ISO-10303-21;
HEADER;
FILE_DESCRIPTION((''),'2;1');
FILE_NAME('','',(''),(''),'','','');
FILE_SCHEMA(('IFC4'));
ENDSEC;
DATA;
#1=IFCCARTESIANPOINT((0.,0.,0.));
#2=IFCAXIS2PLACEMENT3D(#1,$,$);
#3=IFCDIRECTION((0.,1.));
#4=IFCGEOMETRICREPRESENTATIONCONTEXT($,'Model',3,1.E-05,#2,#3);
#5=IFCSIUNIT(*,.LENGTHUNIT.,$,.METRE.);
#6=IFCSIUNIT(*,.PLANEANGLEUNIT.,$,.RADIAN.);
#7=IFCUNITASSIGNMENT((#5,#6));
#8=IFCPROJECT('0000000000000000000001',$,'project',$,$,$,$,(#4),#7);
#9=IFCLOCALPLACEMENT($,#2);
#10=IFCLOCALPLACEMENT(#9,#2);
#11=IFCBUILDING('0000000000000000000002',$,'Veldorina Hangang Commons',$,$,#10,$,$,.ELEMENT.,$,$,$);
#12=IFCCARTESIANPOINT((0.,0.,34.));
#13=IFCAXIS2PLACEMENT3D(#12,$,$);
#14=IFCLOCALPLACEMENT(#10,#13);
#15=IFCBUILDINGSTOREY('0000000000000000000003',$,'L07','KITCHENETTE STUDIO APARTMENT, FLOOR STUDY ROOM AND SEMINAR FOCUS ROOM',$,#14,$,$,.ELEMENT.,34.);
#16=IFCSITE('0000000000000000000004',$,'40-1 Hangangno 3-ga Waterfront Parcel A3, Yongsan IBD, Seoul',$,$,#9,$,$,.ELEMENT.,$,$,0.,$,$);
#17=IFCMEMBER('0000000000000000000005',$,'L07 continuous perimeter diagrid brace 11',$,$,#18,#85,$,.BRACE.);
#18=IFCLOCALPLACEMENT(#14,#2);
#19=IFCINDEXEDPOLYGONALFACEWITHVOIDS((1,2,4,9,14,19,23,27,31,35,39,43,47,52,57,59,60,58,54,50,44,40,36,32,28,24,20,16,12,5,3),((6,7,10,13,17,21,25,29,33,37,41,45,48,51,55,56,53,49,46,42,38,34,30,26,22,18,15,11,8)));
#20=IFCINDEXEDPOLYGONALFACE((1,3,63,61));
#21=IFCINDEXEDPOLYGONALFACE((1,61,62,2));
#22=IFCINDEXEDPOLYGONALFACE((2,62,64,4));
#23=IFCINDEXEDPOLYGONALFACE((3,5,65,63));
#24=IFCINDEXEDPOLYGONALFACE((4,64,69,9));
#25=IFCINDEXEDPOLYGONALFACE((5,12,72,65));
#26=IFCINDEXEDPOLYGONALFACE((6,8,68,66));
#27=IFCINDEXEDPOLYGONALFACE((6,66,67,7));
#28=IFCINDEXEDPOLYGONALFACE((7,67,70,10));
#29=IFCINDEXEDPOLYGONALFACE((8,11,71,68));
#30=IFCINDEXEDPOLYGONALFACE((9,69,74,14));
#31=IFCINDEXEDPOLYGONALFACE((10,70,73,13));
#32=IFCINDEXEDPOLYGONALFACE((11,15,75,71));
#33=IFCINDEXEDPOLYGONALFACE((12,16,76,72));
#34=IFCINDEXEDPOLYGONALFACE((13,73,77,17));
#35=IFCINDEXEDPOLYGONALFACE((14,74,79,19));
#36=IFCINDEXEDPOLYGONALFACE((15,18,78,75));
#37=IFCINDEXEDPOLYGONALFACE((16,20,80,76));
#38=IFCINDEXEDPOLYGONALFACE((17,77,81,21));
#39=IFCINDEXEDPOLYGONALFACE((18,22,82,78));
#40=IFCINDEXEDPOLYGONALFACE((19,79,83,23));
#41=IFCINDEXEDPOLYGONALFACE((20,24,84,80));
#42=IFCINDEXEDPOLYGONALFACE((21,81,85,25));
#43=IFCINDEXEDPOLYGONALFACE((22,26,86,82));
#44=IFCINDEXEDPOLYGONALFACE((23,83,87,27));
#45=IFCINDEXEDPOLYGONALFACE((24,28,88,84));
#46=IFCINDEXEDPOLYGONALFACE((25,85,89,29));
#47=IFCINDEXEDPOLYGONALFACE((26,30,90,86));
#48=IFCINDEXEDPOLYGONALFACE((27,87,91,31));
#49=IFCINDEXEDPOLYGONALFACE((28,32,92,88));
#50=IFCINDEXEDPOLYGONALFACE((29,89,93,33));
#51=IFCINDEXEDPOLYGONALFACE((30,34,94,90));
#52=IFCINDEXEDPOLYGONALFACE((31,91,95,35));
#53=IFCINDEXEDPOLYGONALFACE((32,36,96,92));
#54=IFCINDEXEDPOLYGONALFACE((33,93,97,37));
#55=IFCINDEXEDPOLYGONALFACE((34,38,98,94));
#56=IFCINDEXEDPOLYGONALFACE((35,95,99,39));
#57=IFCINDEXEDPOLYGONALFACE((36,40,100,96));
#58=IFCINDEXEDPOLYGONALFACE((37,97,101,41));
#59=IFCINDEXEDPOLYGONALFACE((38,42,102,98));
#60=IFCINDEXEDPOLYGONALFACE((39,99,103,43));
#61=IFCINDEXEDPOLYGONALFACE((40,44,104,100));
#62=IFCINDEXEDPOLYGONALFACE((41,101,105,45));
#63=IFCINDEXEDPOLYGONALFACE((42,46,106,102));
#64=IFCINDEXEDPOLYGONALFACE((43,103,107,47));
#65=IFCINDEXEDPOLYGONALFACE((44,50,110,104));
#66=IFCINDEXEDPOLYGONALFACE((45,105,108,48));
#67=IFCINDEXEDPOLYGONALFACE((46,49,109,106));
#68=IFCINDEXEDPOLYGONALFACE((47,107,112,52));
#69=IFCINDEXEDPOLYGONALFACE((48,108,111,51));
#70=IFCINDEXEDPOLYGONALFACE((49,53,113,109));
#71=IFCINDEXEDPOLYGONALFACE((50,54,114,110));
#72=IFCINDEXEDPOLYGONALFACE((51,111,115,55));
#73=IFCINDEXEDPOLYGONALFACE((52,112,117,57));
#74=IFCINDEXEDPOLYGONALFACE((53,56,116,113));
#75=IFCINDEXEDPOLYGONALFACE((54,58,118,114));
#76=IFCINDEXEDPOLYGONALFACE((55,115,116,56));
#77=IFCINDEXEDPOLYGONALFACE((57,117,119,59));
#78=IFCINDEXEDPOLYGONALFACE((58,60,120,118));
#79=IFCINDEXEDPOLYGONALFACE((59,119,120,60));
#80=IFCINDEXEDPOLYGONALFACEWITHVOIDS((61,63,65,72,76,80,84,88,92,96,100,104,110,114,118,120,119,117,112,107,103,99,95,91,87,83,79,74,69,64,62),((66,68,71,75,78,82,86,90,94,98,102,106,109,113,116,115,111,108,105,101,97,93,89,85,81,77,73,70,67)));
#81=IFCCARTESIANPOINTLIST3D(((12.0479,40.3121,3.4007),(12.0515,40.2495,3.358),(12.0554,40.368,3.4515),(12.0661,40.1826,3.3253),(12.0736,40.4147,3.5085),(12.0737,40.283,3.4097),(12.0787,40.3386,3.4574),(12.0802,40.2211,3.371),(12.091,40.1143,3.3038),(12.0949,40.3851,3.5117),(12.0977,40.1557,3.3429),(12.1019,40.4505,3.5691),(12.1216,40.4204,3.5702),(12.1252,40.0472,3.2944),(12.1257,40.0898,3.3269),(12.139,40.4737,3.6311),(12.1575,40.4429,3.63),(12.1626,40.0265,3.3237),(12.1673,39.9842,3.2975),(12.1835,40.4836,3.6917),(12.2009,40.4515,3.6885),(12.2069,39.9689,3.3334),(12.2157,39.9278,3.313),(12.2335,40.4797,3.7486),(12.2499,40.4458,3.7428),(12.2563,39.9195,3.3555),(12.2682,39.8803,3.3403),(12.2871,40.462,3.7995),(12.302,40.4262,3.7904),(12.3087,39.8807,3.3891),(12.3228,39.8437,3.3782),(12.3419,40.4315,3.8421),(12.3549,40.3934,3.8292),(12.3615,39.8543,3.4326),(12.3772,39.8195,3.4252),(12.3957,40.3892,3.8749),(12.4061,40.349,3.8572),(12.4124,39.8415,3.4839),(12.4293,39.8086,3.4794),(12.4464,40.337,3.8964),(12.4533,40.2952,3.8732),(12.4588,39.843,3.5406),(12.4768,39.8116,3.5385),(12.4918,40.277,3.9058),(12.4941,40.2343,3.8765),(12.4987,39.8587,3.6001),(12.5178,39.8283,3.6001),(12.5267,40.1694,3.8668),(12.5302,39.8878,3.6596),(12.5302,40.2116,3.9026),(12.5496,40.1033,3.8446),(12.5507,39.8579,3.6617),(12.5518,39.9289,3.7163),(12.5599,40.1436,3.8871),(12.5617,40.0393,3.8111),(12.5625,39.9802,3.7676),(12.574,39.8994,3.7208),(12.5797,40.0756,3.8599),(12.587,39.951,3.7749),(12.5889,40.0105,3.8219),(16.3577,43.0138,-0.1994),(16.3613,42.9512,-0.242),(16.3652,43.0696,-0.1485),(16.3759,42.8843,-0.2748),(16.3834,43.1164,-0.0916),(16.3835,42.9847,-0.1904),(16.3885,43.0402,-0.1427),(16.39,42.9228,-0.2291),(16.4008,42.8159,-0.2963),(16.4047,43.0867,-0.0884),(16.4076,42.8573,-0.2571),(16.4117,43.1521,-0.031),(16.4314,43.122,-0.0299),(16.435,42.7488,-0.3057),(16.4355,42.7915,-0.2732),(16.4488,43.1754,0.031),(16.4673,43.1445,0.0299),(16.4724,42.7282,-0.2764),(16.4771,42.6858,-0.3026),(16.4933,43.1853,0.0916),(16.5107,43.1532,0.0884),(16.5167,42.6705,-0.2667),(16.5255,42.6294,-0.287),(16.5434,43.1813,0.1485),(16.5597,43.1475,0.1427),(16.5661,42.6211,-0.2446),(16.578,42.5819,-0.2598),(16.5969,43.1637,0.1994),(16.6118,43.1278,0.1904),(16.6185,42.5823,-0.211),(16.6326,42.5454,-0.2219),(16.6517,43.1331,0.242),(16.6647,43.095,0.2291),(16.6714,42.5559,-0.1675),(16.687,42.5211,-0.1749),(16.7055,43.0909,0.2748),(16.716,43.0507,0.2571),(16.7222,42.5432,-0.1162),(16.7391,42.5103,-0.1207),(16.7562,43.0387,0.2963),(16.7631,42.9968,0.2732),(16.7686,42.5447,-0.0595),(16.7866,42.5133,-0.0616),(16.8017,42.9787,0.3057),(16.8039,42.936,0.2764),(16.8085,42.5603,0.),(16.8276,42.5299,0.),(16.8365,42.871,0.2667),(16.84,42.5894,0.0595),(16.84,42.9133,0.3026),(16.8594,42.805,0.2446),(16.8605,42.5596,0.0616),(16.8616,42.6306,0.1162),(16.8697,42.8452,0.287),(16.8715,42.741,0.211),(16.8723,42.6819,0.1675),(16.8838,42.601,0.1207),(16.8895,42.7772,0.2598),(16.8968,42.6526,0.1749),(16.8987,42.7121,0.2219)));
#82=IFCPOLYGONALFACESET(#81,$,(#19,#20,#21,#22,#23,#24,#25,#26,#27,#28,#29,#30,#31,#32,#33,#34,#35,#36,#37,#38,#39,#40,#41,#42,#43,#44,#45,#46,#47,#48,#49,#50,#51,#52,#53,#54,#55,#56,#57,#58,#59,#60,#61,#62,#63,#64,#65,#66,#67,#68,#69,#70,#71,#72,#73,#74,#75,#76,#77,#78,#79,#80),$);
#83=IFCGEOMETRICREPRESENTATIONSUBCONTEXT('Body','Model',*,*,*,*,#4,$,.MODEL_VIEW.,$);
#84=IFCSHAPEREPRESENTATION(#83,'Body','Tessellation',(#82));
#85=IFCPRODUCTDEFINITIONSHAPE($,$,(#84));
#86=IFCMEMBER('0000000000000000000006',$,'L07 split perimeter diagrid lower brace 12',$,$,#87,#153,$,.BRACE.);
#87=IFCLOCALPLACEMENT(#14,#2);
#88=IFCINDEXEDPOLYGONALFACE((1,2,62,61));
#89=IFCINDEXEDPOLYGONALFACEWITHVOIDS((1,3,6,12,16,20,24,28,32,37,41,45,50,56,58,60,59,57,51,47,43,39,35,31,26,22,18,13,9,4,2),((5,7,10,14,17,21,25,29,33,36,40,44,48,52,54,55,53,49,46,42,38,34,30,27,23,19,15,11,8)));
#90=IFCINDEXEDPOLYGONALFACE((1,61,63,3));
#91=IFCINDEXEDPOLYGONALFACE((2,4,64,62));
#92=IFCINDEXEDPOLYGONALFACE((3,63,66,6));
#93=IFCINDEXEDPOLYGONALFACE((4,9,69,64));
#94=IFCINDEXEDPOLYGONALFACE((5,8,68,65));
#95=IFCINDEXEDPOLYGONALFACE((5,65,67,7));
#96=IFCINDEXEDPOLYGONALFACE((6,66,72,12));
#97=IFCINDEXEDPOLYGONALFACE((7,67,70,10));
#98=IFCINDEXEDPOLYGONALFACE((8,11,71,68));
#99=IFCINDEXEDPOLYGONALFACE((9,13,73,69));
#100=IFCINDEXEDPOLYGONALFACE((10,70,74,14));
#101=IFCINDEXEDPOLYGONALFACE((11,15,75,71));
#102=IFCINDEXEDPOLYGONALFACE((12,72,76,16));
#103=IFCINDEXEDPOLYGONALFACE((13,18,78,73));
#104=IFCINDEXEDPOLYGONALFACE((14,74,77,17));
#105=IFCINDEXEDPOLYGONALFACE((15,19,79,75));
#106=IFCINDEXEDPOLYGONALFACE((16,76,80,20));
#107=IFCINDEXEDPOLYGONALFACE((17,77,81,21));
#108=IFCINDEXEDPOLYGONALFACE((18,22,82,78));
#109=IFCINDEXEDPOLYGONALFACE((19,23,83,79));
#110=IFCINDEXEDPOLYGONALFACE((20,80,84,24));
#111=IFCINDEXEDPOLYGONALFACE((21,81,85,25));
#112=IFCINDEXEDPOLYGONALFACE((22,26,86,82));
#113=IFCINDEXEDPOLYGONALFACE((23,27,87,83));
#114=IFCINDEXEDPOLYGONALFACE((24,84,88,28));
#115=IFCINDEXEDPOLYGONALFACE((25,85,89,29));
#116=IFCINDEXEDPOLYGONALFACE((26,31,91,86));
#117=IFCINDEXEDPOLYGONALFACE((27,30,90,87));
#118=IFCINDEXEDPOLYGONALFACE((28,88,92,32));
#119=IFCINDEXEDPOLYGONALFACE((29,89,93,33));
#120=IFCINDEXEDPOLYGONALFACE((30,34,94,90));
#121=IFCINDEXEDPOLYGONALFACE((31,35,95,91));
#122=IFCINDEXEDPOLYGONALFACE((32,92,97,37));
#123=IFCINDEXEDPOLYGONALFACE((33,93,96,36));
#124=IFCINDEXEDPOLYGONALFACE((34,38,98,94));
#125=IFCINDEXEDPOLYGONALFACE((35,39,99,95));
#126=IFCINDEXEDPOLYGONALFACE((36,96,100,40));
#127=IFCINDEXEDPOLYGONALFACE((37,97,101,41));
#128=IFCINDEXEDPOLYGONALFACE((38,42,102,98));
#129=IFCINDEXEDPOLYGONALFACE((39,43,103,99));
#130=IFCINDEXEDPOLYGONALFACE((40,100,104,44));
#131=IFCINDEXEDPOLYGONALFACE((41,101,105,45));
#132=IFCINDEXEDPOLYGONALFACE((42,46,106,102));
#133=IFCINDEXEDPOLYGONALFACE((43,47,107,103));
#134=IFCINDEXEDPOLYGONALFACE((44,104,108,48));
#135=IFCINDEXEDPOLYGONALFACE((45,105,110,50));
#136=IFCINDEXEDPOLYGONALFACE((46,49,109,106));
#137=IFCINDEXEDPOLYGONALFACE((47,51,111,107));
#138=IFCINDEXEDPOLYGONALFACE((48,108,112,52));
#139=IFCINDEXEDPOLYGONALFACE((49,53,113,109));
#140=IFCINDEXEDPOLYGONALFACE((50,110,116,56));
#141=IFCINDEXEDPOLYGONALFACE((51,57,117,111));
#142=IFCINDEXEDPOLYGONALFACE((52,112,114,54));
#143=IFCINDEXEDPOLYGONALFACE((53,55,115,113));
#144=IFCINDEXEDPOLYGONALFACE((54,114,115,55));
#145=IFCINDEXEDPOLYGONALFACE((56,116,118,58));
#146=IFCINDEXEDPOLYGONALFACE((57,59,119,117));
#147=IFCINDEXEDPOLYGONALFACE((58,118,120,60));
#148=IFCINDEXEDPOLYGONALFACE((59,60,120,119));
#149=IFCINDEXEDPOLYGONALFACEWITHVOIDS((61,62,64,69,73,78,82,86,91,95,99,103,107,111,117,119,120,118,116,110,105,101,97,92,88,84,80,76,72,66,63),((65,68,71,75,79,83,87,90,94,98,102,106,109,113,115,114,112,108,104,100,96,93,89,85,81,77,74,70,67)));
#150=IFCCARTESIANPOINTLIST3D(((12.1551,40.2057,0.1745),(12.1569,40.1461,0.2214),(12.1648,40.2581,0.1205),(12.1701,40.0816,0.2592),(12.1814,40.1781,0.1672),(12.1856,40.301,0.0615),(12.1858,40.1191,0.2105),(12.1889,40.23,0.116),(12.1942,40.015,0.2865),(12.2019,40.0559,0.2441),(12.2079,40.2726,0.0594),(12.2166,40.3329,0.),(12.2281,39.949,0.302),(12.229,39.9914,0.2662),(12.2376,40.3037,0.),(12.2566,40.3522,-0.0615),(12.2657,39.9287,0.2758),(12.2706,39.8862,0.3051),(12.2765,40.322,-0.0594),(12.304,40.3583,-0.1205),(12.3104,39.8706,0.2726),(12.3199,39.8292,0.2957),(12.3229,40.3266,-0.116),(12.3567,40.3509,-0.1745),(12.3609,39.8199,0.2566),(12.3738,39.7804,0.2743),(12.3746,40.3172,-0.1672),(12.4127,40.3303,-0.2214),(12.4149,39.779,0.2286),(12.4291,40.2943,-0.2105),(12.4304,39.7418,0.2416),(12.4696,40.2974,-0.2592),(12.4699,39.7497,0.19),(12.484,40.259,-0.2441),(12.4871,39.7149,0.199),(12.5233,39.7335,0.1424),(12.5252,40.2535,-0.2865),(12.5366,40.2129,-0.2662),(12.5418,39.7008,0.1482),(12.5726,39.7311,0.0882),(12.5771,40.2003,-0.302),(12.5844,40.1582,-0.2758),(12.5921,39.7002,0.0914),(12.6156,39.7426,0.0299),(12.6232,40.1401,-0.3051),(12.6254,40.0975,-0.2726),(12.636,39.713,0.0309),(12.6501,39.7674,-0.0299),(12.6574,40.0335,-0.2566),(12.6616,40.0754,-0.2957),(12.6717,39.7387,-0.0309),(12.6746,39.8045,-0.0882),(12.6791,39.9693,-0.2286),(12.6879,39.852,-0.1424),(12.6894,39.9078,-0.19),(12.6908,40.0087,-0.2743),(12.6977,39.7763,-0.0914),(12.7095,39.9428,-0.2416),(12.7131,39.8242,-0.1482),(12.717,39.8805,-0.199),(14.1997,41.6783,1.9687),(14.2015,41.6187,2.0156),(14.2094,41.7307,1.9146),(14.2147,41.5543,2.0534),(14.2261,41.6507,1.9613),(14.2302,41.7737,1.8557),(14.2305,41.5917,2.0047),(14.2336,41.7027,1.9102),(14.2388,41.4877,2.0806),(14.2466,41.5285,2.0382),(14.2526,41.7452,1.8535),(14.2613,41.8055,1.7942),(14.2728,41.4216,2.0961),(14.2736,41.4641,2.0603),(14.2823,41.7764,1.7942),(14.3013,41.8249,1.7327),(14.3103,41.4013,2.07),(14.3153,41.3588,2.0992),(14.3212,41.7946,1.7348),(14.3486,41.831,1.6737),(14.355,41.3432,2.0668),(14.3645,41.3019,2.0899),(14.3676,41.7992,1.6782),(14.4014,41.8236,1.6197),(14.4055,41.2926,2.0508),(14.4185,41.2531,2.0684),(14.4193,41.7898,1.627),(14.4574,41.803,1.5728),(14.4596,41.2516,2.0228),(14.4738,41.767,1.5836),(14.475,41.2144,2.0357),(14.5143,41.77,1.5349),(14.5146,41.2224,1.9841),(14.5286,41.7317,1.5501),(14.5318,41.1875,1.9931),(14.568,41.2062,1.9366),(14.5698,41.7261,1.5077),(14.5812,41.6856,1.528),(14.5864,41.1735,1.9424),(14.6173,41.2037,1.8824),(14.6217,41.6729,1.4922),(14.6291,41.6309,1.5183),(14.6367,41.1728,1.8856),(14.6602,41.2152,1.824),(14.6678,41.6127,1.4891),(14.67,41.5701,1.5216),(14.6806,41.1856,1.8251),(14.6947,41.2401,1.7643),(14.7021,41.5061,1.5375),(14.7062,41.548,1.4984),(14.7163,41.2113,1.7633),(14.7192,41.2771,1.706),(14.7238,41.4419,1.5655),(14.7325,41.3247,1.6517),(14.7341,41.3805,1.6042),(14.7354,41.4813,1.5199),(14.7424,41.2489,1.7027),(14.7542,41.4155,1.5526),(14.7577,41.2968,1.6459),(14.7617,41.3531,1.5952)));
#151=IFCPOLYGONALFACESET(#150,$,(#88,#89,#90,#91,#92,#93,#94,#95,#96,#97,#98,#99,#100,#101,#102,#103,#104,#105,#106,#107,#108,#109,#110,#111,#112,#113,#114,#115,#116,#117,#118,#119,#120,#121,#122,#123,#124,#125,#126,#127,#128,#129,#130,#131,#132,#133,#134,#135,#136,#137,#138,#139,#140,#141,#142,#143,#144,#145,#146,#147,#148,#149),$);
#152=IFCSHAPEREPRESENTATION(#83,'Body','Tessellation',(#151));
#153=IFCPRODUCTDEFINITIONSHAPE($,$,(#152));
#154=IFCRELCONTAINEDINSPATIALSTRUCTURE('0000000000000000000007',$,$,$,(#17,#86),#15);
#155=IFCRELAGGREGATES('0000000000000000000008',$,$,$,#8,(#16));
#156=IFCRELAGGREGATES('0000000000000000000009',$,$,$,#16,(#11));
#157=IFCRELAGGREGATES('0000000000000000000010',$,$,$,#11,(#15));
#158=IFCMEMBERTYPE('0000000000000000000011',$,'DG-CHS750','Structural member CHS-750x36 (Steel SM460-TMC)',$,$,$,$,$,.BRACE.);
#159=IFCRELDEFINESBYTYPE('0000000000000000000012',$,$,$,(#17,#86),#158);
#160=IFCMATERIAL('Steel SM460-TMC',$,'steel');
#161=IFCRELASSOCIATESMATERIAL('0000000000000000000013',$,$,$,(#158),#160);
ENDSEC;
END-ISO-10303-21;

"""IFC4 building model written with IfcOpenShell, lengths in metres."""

from ifc_helpers import new_model, si_unit, direction, frame, origin, origin_2d, place, context, subcontext, project, spatial, hollow_circle, extrude, material, material_profile, profile_set, type_object, element, save


model = new_model("IFC4")

# Units and contexts
model_context = context("Model", 3, precision=1e-05, world=origin(), true_north=direction((0.0, 1.0)))
body_context = subcontext(model_context, "Body", "Model", "MODEL_VIEW")
ifc_project = project(units=[si_unit("LENGTHUNIT", "METRE"), si_unit("PLANEANGLEUNIT", "RADIAN")], contexts=[model_context])

# Site, building, storey
site_placement = place(None, origin())
site = spatial("IfcSite", under=ifc_project, at=site_placement, Name="40-1 Hangangno 3-ga Waterfront Parcel A3, Yongsan IBD, Seoul", CompositionType="ELEMENT", RefElevation=0.0)
building_placement = place(site_placement, origin())
building = spatial("IfcBuilding", under=site, at=building_placement, Name="Veldorina Hangang Commons", CompositionType="ELEMENT")
storey_placement = place(building_placement, frame((0.0, 0.0, 34.0)))
storey = spatial("IfcBuildingStorey", under=building, at=storey_placement, Name="L07", Description="KITCHENETTE STUDIO APARTMENT, FLOOR STUDY ROOM AND SEMINAR FOCUS ROOM", CompositionType="ELEMENT", Elevation=34.0)

# Shared definitions
ifc_material_1 = material(Name="Steel SM460-TMC", Category="steel")

# Members
ifc_material_profile_1 = material_profile(ifc_material_1, hollow_circle(Radius=0.375, WallThickness=0.0359, at=origin_2d()), Name="CHS-750x36")
ifc_profile_set_1 = profile_set([ifc_material_profile_1], Name="Steel SM460-TMC")
member_type = type_object("IfcMemberType", Name="DG-CHS750", Description="Structural member CHS-750x36 (Steel SM460-TMC)", PredefinedType="BRACE", material=ifc_profile_set_1)
member_1_placement = place(storey_placement, frame((16.6284, 42.8477, 0.0), z_axis=(-0.691595, -0.433535, 0.577707), x_axis=(0.531133, -0.847288, 0.0)))
element("IfcMember", 1, at=member_1_placement, inside=storey, type_object=member_type, Name="L07 continuous perimeter diagrid brace 11", PredefinedType="BRACE", context=body_context, shape_type="SweptSolid", body=[
    extrude(hollow_circle(Radius=0.375, WallThickness=0.0359, at=origin_2d()), origin(), (0.0, 0.0, 1.0), 6.2317),
])
member_2_placement = place(storey_placement, frame((12.4358, 40.0286, 0.0), z_axis=(0.661001, 0.476078, 0.580023), x_axis=(-0.584432, 0.811442, 0.0)))
element("IfcMember", 2, at=member_2_placement, inside=storey, type_object=member_type, Name="L07 split perimeter diagrid lower brace 12", PredefinedType="BRACE", context=body_context, shape_type="SweptSolid", body=[
    extrude(hollow_circle(Radius=0.375, WallThickness=0.0359, at=origin_2d()), origin(), (0.0, 0.0, 1.0), 3.0933),
])

save(model, "model.ifc")
